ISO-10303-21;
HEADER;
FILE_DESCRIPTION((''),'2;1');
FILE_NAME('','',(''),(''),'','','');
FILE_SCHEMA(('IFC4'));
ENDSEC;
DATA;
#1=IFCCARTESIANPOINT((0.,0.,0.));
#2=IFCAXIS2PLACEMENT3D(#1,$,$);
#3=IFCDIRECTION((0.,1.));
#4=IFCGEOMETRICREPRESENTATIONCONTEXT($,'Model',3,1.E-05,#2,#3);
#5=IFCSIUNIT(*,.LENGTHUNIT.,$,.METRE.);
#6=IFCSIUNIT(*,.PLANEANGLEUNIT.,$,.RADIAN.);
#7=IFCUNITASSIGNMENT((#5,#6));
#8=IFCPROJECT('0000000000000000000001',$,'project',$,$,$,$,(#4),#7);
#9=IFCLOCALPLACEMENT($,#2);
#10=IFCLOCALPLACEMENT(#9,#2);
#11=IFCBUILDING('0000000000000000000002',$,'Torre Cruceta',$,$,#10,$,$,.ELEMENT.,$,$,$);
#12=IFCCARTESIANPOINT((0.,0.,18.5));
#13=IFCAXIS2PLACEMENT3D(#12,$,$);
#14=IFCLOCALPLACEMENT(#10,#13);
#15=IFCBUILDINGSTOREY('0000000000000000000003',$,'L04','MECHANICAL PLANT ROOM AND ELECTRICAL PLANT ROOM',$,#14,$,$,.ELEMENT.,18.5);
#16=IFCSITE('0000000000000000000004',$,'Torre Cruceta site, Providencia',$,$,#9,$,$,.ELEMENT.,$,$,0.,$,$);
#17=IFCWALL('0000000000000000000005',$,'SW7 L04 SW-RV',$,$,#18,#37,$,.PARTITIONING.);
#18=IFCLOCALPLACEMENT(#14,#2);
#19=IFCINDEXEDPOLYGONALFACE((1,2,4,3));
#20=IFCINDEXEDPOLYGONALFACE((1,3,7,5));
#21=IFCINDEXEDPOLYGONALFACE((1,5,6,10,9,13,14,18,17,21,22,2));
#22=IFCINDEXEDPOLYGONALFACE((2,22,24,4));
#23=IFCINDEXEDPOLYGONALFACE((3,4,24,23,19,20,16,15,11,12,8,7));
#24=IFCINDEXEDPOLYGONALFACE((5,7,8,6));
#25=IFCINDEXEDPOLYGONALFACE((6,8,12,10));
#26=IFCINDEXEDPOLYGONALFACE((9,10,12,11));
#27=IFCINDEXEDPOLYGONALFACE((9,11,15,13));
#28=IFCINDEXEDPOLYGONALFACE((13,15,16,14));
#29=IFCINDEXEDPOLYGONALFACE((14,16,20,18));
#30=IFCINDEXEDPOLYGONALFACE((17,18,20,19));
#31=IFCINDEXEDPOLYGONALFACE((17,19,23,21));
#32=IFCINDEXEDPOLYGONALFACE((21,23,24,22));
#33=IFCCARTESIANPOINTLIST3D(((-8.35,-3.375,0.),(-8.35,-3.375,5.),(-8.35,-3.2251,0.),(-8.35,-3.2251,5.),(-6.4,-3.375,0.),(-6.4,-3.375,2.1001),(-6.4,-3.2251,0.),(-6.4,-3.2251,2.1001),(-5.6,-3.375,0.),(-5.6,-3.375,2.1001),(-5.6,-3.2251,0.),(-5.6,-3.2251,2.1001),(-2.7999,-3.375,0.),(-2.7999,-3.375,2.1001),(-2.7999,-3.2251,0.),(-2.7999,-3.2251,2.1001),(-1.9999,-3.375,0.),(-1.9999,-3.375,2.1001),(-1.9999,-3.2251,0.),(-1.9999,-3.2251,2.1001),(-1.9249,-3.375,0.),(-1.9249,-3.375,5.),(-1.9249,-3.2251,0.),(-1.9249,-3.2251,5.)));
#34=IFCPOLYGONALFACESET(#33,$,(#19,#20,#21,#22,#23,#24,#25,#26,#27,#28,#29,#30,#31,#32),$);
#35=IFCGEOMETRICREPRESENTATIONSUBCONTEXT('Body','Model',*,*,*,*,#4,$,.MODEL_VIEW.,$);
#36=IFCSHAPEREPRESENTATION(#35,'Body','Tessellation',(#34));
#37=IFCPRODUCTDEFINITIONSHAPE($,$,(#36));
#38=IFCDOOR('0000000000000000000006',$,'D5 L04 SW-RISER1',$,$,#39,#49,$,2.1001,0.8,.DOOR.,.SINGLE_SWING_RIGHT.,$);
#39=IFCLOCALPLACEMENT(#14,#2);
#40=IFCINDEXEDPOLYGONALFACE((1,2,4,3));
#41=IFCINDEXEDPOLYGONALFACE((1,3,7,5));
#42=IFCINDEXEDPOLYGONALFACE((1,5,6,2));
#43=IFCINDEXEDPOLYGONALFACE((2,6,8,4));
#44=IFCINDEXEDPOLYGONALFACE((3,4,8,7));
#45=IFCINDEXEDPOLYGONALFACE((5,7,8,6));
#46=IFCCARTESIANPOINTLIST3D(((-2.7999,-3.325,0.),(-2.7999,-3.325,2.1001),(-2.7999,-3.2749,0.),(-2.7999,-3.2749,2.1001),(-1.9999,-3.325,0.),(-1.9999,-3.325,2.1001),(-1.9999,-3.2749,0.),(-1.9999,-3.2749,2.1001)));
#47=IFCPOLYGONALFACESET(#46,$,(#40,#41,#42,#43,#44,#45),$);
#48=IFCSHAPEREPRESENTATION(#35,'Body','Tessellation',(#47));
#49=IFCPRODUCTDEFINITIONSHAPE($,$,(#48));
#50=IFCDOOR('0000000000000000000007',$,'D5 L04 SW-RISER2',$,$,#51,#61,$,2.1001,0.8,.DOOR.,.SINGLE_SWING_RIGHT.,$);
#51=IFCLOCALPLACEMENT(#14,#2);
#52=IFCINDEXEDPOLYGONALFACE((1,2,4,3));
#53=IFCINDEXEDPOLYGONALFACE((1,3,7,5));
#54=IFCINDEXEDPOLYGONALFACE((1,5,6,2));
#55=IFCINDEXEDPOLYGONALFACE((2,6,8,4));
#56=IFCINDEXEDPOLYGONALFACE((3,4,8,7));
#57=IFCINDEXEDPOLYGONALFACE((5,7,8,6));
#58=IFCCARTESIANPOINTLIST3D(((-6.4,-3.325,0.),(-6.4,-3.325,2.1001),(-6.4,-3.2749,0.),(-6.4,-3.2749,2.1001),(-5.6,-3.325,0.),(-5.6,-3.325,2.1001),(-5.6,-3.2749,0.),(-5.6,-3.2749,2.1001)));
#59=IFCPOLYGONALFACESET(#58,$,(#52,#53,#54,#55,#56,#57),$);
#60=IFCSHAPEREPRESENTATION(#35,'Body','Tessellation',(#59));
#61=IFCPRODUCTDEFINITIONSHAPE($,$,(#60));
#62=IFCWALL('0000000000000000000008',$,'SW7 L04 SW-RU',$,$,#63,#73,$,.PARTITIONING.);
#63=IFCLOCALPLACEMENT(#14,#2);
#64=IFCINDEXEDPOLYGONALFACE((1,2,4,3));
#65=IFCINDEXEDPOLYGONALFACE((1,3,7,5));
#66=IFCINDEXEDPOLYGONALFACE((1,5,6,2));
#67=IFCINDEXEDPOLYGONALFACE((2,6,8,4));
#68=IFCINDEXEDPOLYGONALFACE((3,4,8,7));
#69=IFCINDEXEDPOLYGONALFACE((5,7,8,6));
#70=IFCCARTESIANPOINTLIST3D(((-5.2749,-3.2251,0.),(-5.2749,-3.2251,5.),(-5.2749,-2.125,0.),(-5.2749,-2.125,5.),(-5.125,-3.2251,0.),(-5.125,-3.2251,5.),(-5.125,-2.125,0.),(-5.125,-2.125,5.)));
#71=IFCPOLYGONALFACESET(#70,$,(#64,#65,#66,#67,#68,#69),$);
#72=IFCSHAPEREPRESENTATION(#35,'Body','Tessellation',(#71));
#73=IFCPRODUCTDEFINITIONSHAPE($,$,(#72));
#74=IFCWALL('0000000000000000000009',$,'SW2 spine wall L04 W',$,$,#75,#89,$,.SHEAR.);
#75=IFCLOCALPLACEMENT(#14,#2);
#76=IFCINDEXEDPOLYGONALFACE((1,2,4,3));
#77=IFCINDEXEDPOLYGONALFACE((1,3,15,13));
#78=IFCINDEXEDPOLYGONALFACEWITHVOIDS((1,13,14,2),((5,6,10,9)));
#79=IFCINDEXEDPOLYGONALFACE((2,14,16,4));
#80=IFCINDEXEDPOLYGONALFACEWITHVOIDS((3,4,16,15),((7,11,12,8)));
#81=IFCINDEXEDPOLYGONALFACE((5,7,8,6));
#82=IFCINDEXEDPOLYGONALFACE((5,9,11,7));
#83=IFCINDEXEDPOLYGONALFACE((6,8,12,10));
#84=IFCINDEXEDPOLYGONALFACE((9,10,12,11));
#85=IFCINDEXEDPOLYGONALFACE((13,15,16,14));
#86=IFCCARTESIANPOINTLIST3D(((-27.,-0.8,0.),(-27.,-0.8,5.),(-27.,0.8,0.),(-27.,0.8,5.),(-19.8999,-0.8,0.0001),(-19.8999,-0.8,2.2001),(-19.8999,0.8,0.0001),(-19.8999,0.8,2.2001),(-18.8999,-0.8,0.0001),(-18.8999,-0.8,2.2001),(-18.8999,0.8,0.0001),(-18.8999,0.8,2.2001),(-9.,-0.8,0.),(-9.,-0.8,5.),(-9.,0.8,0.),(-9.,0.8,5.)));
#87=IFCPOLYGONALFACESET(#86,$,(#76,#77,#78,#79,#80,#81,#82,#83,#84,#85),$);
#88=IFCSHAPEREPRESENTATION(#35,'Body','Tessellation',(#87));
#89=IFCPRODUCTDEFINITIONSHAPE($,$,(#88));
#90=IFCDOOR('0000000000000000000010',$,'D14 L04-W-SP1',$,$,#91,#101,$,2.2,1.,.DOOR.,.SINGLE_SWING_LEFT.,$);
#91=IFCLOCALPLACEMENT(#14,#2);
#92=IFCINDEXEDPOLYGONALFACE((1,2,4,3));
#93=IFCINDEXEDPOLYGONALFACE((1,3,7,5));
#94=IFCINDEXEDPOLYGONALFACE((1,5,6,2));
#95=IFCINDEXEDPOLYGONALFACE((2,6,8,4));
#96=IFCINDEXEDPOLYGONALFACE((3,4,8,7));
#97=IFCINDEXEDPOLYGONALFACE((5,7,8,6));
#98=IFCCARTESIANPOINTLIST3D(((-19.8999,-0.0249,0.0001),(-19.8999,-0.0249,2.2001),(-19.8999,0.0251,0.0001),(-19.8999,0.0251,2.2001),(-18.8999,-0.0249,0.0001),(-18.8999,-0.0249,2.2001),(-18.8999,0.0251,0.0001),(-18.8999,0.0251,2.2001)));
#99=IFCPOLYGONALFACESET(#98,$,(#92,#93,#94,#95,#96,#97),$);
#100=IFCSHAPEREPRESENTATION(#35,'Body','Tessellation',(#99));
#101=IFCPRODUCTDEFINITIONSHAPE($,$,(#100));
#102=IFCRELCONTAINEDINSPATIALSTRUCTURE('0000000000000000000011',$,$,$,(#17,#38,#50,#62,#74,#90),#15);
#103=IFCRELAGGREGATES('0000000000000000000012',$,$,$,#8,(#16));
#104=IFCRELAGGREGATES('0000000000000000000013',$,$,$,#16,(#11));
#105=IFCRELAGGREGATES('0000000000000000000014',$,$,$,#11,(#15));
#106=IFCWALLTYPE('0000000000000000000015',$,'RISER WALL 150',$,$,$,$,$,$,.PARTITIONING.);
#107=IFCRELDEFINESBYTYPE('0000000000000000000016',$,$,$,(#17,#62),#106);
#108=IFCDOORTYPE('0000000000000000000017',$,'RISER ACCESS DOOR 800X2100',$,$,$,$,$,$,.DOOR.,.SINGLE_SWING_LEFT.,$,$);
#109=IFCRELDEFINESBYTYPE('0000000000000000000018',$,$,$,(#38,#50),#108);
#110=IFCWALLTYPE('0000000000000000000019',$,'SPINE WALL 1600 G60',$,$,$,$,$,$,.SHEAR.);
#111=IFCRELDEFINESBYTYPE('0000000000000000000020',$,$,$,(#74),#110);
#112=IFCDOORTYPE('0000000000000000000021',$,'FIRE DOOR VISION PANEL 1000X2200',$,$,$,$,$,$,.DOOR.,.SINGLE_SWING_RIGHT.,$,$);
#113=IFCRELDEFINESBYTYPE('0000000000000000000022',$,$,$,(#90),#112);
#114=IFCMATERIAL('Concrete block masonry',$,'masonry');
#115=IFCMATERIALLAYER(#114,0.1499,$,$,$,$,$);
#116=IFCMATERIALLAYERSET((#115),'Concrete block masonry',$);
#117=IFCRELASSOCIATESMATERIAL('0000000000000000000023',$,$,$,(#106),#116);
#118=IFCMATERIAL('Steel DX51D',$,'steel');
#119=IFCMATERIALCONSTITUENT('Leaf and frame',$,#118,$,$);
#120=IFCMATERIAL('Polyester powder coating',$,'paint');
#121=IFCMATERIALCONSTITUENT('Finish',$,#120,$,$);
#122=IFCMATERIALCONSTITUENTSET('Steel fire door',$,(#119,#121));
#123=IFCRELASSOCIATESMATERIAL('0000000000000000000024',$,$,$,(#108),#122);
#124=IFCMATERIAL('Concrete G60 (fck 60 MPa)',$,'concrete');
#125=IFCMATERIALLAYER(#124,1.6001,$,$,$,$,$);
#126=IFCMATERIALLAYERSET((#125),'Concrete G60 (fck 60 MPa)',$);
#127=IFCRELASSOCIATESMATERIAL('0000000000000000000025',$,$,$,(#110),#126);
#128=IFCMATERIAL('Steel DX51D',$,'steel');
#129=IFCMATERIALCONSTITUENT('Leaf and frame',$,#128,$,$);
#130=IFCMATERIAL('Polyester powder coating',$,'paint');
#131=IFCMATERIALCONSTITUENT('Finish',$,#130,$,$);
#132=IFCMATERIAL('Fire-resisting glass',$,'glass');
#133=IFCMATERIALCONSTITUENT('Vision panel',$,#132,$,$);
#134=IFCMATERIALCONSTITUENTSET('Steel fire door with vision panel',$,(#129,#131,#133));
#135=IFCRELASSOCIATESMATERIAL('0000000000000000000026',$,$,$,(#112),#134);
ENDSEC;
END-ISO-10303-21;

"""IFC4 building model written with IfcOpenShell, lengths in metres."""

from ifc_helpers import new_model, si_unit, direction, frame, frame_2d, origin, place, context, subcontext, project, spatial, rectangle, extrude, material, layer, layer_set, constituent, constituent_set, type_object, element, fill, save


model = new_model("IFC4")

# Units and contexts
model_context = context("Model", 3, precision=1e-05, world=origin(), true_north=direction((0.0, 1.0)))
body_context = subcontext(model_context, "Body", "Model", "MODEL_VIEW")
ifc_project = project(units=[si_unit("LENGTHUNIT", "METRE"), si_unit("PLANEANGLEUNIT", "RADIAN")], contexts=[model_context])

# Site, building, storey
site_placement = place(None, origin())
site = spatial("IfcSite", under=ifc_project, at=site_placement, Name="Torre Cruceta site, Providencia", CompositionType="ELEMENT", RefElevation=0.0)
building_placement = place(site_placement, origin())
building = spatial("IfcBuilding", under=site, at=building_placement, Name="Torre Cruceta", CompositionType="ELEMENT")
storey_placement = place(building_placement, frame((0.0, 0.0, 18.5)))
storey = spatial("IfcBuildingStorey", under=building, at=storey_placement, Name="L04", Description="MECHANICAL PLANT ROOM AND ELECTRICAL PLANT ROOM", CompositionType="ELEMENT", Elevation=18.5)

# Wall, openings, doors
ifc_material_1 = material(Name="Concrete block masonry", Category="masonry")
ifc_layer_1 = layer(ifc_material_1, 0.1499)
ifc_layer_set_1 = layer_set([ifc_layer_1], Name="Concrete block masonry")
wall_type_1 = type_object("IfcWallType", Name="RISER WALL 150", PredefinedType="PARTITIONING", material=ifc_layer_set_1)
wall_1_placement = place(storey_placement, frame((-1.925, -3.3, 0.0), z_axis=(0.0, 0.0, 1.0), x_axis=(-1.0, 0.0, 0.0)))
wall_1 = element("IfcWall", 1, at=wall_1_placement, inside=storey, type_object=wall_type_1, Name="SW7 L04 SW-RV", PredefinedType="PARTITIONING", context=body_context, shape_type="SweptSolid", body=[
    extrude(rectangle(XDim=6.425, YDim=0.1499, at=frame_2d((3.2124, 0.0))), origin(), (0.0, 0.0, 1.0), 5.0),
])
opening_1_placement = place(wall_1_placement, frame((0.075, 0.0, 0.0)))
opening_1 = element("IfcOpeningElement", 2, at=opening_1_placement, cuts=wall_1, PredefinedType="OPENING", context=body_context, shape_type="SweptSolid", body=[
    extrude(rectangle(XDim=0.8, YDim=2.1001, at=frame_2d((0.3999, 1.05))), frame((0.0, 0.085, 0.0), z_axis=(0.0, -1.0, 0.0), x_axis=(1.0, 0.0, 0.0)), (0.0, 0.0, 1.0), 0.1699),
])
opening_2_placement = place(wall_1_placement, frame((3.675, 0.0, 0.0)))
opening_2 = element("IfcOpeningElement", 3, at=opening_2_placement, cuts=wall_1, PredefinedType="OPENING", context=body_context, shape_type="SweptSolid", body=[
    extrude(rectangle(XDim=0.8, YDim=2.1001, at=frame_2d((0.3999, 1.05))), frame((0.0, 0.085, 0.0), z_axis=(0.0, -1.0, 0.0), x_axis=(1.0, 0.0, 0.0)), (0.0, 0.0, 1.0), 0.1699),
])
ifc_material_2 = material(Name="Steel DX51D", Category="steel")
ifc_constituent_1 = constituent(ifc_material_2, Name="Leaf and frame")
ifc_material_3 = material(Name="Polyester powder coating", Category="paint")
ifc_constituent_2 = constituent(ifc_material_3, Name="Finish")
ifc_constituent_set_1 = constituent_set(constituents=[ifc_constituent_1, ifc_constituent_2], Name="Steel fire door")
door_type_1 = type_object("IfcDoorType", Name="RISER ACCESS DOOR 800X2100", OperationType="SINGLE_SWING_LEFT", PredefinedType="DOOR", material=ifc_constituent_set_1)
door_1_placement = place(opening_1_placement, frame((0.8, 0.0, 0.0), z_axis=(0.0, 0.0, 1.0), x_axis=(-1.0, 0.0, 0.0)))
door_1 = element("IfcDoor", 4, at=door_1_placement, inside=storey, type_object=door_type_1, Name="D5 L04 SW-RISER1", OperationType="SINGLE_SWING_RIGHT", OverallHeight=2.1001, OverallWidth=0.8, PredefinedType="DOOR", context=body_context, shape_type="SweptSolid", body=[
    extrude(rectangle(XDim=0.8, YDim=2.1001, at=frame_2d((0.4001, 1.05))), frame((0.0, 0.0251, 0.0), z_axis=(0.0, -1.0, 0.0), x_axis=(1.0, 0.0, 0.0)), (0.0, 0.0, 1.0), 0.05),
])
fill(opening_1, door_1)
door_2_placement = place(opening_2_placement, frame((0.8, 0.0, 0.0), z_axis=(0.0, 0.0, 1.0), x_axis=(-1.0, 0.0, 0.0)))
door_2 = element("IfcDoor", 5, at=door_2_placement, inside=storey, type_object=door_type_1, Name="D5 L04 SW-RISER2", OperationType="SINGLE_SWING_RIGHT", OverallHeight=2.1001, OverallWidth=0.8, PredefinedType="DOOR", context=body_context, shape_type="SweptSolid", body=[
    extrude(rectangle(XDim=0.8, YDim=2.1001, at=frame_2d((0.4001, 1.05))), frame((0.0, 0.0251, 0.0), z_axis=(0.0, -1.0, 0.0), x_axis=(1.0, 0.0, 0.0)), (0.0, 0.0, 1.0), 0.05),
])
fill(opening_2, door_2)

# Wall
wall_2_placement = place(storey_placement, frame((-5.2, -2.125, 0.0), z_axis=(0.0, 0.0, 1.0), x_axis=(0.0, -1.0, 0.0)))
element("IfcWall", 6, at=wall_2_placement, inside=storey, type_object=wall_type_1, Name="SW7 L04 SW-RU", PredefinedType="PARTITIONING", context=body_context, shape_type="SweptSolid", body=[
    extrude(rectangle(XDim=1.1001, YDim=0.1499, at=frame_2d((0.55, 0.0))), origin(), (0.0, 0.0, 1.0), 5.0),
])

# Wall, opening, door
ifc_material_4 = material(Name="Concrete G60 (fck 60 MPa)", Category="concrete")
ifc_layer_2 = layer(ifc_material_4, 1.6001)
ifc_layer_set_2 = layer_set([ifc_layer_2], Name="Concrete G60 (fck 60 MPa)")
wall_type_2 = type_object("IfcWallType", Name="SPINE WALL 1600 G60", PredefinedType="SHEAR", material=ifc_layer_set_2)
wall_3_placement = place(storey_placement, frame((-9.0, 0.0, 0.0), z_axis=(0.0, 0.0, 1.0), x_axis=(-1.0, 0.0, 0.0)))
wall_3 = element("IfcWall", 7, at=wall_3_placement, inside=storey, type_object=wall_type_2, Name="SW2 spine wall L04 W", PredefinedType="SHEAR", context=body_context, shape_type="SweptSolid", body=[
    extrude(rectangle(XDim=18.0, YDim=1.6001, at=frame_2d((9.0, 0.0))), origin(), (0.0, 0.0, 1.0), 5.0),
])
opening_3_placement = place(wall_3_placement, frame((9.8999, 0.0, 0.0)))
opening_3 = element("IfcOpeningElement", 8, at=opening_3_placement, cuts=wall_3, PredefinedType="OPENING", context=body_context, shape_type="SweptSolid", body=[
    extrude(rectangle(XDim=1.0, YDim=2.2, at=frame_2d((0.5, 1.1001))), frame((0.0, 0.8101, 0.0), z_axis=(0.0, -1.0, 0.0), x_axis=(1.0, 0.0, 0.0)), (0.0, 0.0, 1.0), 1.6201),
])
ifc_material_5 = material(Name="Steel DX51D", Category="steel")
ifc_constituent_3 = constituent(ifc_material_5, Name="Leaf and frame")
ifc_material_6 = material(Name="Polyester powder coating", Category="paint")
ifc_constituent_4 = constituent(ifc_material_6, Name="Finish")
ifc_material_7 = material(Name="Fire-resisting glass", Category="glass")
ifc_constituent_5 = constituent(ifc_material_7, Name="Vision panel")
ifc_constituent_set_2 = constituent_set(constituents=[ifc_constituent_3, ifc_constituent_4, ifc_constituent_5], Name="Steel fire door with vision panel")
door_type_2 = type_object("IfcDoorType", Name="FIRE DOOR VISION PANEL 1000X2200", OperationType="SINGLE_SWING_RIGHT", PredefinedType="DOOR", material=ifc_constituent_set_2)
door_3_placement = place(opening_3_placement, frame((1.0, 0.0, 0.0), z_axis=(0.0, 0.0, 1.0), x_axis=(-1.0, 0.0, 0.0)))
door_3 = element("IfcDoor", 9, at=door_3_placement, inside=storey, type_object=door_type_2, Name="D14 L04-W-SP1", OperationType="SINGLE_SWING_LEFT", OverallHeight=2.2, OverallWidth=1.0, PredefinedType="DOOR", context=body_context, shape_type="SweptSolid", body=[
    extrude(rectangle(XDim=1.0, YDim=2.2, at=frame_2d((0.5, 1.1001))), frame((0.0, 0.0251, 0.0), z_axis=(0.0, -1.0, 0.0), x_axis=(1.0, 0.0, 0.0)), (0.0, 0.0, 1.0), 0.05),
])
fill(opening_3, door_3)

save(model, "model.ifc")
